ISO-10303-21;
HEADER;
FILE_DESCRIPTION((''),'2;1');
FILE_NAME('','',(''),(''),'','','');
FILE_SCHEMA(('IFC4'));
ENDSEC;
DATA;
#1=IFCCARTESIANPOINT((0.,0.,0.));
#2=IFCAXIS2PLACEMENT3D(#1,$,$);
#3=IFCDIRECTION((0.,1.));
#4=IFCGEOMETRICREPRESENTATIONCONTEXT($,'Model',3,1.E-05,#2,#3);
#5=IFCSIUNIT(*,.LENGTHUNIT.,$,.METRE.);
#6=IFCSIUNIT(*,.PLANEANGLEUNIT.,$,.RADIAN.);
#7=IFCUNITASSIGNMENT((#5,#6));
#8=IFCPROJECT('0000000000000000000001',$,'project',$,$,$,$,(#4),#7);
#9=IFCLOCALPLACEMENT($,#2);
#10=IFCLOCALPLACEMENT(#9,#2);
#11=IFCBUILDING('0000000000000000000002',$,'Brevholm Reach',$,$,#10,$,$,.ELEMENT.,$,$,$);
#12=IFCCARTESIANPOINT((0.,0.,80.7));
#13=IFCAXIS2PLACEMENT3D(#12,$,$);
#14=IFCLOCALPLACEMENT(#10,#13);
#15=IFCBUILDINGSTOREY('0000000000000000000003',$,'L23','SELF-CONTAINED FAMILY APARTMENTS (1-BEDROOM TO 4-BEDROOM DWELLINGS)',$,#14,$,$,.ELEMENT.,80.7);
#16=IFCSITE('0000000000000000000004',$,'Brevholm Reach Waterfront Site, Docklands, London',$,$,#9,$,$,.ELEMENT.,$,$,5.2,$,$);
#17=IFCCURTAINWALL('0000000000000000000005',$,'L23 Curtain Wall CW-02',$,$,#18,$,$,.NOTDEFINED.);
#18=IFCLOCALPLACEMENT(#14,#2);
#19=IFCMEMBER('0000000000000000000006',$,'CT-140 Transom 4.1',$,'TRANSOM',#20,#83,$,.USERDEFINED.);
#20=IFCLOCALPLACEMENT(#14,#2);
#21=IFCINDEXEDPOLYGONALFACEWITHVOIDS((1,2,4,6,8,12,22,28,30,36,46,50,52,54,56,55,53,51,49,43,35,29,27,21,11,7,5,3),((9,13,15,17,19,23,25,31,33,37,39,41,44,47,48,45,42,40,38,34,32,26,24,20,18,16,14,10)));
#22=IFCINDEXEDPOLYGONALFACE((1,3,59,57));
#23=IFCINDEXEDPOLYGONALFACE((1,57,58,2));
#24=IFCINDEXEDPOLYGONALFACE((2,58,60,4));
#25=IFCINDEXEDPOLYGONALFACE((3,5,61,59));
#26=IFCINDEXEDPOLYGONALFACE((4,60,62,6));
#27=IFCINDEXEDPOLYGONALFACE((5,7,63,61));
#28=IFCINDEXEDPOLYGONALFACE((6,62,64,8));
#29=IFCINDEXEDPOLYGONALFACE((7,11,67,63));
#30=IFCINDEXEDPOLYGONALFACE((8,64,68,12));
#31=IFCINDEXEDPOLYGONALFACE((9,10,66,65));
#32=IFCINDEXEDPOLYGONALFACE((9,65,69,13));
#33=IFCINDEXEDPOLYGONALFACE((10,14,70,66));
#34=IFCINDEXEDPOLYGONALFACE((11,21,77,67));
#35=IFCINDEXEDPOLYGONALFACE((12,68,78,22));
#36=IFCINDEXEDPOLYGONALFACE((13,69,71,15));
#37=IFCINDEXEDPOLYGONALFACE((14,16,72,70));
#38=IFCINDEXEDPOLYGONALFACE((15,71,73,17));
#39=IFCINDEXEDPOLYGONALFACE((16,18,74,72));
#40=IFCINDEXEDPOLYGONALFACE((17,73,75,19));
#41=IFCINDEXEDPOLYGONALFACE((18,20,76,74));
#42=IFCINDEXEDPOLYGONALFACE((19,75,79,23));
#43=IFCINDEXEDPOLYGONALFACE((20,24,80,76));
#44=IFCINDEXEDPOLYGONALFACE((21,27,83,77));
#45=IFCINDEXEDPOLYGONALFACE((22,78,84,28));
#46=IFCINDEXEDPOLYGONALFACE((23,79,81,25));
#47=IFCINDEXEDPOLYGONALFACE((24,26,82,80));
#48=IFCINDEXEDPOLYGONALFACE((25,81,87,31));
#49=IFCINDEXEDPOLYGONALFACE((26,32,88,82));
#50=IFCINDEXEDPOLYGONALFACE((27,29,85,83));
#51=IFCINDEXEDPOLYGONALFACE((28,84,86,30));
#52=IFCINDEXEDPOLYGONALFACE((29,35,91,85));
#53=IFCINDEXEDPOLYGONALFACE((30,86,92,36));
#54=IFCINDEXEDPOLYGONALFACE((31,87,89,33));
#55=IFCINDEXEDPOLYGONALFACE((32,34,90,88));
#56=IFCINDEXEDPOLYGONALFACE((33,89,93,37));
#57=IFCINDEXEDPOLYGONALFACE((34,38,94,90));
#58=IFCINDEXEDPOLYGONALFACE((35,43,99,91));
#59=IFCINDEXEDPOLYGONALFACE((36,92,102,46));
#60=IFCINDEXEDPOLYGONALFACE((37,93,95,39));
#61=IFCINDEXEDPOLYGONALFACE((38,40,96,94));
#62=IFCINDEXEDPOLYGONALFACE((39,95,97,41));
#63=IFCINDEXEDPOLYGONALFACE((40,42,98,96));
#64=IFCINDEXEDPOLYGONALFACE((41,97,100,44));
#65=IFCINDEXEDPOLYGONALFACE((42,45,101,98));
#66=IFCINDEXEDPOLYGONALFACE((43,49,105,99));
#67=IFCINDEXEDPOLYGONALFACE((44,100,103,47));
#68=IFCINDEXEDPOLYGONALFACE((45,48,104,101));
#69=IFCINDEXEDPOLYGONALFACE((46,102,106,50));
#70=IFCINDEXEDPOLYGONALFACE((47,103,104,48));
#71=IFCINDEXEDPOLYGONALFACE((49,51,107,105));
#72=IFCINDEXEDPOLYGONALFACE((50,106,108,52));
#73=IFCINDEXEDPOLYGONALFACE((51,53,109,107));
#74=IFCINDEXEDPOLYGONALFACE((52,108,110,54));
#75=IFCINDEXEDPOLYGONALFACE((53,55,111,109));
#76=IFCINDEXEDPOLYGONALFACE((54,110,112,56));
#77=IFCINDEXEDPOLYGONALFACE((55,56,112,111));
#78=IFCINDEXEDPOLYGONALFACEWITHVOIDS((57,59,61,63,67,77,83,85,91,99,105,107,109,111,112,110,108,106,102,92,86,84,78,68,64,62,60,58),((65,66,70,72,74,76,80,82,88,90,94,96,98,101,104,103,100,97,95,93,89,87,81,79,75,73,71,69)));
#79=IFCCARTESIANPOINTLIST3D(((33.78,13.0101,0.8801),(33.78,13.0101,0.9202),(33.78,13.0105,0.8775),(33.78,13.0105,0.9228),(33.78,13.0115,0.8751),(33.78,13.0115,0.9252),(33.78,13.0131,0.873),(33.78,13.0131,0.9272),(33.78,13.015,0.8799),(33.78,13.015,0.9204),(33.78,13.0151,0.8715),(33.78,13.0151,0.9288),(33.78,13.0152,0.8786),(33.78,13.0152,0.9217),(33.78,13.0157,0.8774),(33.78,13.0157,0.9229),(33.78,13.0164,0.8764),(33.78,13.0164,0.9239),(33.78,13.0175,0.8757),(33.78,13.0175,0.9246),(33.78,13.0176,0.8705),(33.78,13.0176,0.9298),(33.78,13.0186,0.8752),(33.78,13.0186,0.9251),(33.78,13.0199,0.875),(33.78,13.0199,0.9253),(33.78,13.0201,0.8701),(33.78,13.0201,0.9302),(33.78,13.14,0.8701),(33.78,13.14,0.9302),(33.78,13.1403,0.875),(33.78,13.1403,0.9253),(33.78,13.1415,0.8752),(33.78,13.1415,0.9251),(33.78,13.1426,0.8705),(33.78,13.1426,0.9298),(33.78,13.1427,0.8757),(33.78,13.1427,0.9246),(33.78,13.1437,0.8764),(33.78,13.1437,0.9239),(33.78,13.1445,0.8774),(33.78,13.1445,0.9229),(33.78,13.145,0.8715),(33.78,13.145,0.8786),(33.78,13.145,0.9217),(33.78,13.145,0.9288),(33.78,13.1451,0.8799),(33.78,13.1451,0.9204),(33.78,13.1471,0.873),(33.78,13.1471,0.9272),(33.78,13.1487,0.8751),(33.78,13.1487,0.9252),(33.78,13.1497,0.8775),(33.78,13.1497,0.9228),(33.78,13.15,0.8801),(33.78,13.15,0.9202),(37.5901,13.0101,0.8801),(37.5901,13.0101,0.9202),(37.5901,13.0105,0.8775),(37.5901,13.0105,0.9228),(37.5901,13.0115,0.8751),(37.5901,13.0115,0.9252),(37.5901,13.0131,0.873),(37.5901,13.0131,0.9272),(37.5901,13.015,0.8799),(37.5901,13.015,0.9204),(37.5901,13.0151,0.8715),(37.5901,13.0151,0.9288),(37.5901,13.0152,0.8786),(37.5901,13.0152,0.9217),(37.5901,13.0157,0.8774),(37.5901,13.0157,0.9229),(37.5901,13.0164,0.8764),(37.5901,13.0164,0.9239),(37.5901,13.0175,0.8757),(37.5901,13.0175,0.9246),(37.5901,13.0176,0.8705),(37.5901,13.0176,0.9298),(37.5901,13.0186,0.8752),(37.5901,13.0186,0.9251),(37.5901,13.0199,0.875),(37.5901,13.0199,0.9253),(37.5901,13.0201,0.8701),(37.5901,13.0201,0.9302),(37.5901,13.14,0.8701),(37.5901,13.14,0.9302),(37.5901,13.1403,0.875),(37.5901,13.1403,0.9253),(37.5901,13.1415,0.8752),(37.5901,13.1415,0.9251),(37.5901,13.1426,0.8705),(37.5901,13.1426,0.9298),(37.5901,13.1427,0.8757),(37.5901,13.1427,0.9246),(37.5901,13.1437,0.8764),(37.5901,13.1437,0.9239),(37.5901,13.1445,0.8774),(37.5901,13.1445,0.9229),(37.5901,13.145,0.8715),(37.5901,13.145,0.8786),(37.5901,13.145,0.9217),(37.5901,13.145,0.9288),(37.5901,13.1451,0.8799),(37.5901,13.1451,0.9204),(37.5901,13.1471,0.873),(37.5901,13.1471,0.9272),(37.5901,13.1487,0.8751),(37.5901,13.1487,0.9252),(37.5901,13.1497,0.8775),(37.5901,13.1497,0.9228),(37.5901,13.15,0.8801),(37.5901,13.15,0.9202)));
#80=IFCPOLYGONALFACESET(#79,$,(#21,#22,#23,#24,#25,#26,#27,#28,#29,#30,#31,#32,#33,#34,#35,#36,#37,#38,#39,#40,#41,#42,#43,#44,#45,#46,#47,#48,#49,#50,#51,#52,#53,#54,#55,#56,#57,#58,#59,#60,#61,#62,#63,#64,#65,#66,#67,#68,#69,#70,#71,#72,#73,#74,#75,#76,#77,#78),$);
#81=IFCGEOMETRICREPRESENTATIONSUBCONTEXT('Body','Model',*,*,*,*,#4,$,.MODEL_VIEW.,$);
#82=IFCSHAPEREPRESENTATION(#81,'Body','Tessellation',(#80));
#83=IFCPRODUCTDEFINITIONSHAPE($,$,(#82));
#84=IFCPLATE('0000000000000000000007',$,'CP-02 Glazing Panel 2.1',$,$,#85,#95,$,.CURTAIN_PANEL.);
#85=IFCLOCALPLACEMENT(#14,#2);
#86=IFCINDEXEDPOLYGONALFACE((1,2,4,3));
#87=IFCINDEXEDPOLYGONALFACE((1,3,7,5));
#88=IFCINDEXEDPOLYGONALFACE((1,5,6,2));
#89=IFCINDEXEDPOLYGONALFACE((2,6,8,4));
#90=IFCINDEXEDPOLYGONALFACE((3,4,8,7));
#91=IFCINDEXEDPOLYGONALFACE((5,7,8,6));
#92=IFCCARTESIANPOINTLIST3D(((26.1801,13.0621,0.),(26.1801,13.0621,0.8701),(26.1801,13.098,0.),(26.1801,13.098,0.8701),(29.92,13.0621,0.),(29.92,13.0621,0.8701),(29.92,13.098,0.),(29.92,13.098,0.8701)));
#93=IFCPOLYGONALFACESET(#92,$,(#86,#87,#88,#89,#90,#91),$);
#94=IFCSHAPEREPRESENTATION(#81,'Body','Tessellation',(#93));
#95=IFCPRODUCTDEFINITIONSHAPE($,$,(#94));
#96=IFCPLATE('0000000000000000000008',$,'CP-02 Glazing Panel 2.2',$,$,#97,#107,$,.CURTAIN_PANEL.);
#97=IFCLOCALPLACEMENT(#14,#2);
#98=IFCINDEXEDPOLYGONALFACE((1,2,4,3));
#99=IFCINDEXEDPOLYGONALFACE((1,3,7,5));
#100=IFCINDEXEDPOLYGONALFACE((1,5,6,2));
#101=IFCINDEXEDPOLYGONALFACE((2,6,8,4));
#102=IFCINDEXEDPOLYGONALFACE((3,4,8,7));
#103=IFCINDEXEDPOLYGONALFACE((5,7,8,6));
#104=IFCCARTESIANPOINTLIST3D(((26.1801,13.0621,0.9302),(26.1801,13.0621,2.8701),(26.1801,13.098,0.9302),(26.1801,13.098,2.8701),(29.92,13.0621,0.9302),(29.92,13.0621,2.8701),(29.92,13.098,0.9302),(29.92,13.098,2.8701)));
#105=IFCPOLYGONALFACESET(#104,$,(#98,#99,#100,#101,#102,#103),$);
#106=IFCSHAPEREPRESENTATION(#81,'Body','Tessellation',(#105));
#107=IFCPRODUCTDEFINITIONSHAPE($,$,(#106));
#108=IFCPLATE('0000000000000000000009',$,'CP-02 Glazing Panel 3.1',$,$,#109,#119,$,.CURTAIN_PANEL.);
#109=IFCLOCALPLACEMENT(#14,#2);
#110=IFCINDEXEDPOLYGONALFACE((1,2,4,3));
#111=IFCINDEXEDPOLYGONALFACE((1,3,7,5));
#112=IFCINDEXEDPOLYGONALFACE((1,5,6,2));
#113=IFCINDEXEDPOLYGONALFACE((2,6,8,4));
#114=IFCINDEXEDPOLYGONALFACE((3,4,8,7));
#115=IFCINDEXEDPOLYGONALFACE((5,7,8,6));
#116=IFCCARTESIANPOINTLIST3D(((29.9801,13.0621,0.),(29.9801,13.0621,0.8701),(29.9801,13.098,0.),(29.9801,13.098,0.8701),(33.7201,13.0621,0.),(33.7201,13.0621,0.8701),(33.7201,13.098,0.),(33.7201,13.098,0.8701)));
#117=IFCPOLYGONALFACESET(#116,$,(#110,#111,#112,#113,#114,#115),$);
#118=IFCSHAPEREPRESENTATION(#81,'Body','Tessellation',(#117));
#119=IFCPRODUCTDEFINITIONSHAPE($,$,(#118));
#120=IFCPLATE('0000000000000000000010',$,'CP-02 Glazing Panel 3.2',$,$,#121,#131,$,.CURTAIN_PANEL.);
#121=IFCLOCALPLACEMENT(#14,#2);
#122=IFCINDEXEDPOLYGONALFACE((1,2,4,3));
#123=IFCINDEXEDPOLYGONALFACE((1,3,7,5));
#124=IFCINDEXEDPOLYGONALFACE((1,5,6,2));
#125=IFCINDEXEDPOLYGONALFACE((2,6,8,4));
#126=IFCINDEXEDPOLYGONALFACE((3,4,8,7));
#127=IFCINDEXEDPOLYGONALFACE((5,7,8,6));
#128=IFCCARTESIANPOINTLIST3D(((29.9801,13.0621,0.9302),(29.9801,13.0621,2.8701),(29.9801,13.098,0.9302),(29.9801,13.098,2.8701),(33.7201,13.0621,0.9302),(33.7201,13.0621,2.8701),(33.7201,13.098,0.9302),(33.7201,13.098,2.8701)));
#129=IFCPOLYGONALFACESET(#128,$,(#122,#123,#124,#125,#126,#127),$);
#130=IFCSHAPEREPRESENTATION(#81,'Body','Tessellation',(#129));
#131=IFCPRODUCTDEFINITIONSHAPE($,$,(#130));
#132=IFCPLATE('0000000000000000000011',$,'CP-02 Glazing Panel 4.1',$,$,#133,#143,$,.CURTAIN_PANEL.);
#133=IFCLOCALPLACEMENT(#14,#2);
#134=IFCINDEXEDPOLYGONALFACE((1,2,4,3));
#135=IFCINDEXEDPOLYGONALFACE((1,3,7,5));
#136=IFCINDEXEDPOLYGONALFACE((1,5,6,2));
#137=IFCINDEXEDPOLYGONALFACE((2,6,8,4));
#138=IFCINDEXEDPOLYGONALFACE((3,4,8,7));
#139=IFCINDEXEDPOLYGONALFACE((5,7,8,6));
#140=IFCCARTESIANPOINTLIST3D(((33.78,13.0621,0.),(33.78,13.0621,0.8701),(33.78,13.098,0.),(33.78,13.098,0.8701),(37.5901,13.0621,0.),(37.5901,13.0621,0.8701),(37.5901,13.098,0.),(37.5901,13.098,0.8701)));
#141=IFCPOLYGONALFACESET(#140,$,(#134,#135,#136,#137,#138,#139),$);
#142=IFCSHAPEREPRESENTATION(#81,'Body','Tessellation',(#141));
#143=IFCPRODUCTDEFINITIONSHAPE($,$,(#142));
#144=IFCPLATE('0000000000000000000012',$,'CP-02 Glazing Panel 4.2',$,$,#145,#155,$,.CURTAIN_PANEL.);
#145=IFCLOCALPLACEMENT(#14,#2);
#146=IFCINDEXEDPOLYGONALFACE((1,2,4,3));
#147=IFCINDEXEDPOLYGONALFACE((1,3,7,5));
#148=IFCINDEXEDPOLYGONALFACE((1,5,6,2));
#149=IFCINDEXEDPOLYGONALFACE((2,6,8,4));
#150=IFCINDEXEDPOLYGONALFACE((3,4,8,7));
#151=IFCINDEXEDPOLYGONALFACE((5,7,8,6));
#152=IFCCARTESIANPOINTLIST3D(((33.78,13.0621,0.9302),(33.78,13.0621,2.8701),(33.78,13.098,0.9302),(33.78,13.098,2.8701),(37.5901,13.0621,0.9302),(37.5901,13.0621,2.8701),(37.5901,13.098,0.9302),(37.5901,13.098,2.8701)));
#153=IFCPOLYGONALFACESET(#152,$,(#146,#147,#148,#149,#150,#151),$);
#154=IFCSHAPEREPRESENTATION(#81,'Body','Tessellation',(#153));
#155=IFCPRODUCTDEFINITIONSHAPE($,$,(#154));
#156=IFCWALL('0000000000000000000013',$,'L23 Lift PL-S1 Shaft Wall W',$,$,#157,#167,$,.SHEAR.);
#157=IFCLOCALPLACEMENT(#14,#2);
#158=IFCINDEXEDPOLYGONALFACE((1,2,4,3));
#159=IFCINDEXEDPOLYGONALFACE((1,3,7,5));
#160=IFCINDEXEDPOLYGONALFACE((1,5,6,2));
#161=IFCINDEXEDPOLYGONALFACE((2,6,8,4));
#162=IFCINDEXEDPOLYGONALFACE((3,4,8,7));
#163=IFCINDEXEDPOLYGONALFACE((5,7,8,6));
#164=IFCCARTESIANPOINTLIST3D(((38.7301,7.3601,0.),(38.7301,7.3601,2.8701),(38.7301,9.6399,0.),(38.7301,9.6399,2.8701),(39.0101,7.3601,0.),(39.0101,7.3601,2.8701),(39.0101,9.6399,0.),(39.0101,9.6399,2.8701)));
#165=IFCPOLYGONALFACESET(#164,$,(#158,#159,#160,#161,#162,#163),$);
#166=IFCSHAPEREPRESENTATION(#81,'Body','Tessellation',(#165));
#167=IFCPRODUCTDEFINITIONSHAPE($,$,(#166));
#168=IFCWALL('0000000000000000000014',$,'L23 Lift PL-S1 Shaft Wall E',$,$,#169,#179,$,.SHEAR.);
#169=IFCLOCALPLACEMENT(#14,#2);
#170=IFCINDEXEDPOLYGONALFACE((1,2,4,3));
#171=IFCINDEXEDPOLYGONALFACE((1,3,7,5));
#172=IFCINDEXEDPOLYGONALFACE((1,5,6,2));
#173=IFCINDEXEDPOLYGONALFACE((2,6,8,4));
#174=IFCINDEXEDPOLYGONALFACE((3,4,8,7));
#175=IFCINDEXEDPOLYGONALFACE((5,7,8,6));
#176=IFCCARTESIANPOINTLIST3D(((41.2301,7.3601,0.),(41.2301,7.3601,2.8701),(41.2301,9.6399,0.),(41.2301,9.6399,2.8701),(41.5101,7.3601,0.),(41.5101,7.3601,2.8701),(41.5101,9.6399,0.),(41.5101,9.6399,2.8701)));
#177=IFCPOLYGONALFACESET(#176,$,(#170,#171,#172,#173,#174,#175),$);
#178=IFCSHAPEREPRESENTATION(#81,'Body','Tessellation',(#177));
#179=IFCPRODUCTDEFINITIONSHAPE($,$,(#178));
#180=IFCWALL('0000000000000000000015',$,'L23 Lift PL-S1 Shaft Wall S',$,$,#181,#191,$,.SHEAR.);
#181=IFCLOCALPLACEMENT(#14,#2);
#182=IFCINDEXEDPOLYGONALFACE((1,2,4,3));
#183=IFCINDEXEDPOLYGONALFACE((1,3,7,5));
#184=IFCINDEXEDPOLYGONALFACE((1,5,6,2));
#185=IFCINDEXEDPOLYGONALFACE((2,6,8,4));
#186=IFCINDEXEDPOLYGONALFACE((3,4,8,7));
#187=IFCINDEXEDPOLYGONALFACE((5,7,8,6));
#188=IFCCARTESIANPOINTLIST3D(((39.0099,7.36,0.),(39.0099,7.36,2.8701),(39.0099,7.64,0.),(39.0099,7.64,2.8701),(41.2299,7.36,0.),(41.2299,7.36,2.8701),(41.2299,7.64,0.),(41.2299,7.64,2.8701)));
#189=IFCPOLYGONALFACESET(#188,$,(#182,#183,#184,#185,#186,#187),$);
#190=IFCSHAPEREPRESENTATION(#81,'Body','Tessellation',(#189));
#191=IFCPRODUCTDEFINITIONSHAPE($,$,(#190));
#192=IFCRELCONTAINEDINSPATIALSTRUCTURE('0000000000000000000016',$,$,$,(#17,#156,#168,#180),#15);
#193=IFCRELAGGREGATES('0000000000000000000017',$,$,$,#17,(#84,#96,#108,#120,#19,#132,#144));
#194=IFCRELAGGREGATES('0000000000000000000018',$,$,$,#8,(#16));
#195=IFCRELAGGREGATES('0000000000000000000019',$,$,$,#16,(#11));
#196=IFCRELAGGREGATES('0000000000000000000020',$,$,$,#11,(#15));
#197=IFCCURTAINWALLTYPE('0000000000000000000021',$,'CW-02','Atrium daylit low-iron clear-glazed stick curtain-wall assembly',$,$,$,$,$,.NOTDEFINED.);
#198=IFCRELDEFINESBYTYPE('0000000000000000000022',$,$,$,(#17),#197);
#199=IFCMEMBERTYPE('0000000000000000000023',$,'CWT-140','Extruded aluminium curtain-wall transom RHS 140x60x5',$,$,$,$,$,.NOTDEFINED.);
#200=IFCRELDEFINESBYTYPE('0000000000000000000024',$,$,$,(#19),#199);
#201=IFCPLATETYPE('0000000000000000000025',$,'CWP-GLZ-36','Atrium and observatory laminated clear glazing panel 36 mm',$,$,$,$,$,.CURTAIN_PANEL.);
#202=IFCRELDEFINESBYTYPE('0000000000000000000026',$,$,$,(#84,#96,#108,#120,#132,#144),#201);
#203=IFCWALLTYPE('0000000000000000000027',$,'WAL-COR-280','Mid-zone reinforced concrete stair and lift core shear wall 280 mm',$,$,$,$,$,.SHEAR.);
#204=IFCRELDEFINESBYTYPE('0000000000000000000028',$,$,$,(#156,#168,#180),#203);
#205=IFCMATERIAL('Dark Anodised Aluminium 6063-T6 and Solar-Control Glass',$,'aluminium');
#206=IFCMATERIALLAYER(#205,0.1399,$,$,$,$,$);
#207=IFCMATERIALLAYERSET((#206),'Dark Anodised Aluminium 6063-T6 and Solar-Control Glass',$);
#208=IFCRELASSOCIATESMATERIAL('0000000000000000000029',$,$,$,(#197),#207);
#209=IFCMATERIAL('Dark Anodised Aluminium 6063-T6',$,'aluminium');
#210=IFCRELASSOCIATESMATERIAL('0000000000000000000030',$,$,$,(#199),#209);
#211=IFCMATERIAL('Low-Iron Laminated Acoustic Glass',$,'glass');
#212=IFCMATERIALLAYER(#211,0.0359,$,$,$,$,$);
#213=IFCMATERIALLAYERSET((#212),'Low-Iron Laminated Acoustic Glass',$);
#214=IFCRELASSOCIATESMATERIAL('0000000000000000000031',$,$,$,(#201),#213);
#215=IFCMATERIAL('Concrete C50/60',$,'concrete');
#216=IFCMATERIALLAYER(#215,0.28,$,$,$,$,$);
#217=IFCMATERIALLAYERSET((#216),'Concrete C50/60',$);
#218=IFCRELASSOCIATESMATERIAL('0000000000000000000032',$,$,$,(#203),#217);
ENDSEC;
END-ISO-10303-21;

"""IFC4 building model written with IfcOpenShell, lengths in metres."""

from ifc_helpers import new_model, si_unit, direction, frame, frame_2d, origin, origin_2d, place, context, subcontext, project, spatial, rectangle, hollow_rectangle, extrude, material, layer, layer_set, material_profile, profile_set, type_object, element, aggregate, save


model = new_model("IFC4")

# Units and contexts
model_context = context("Model", 3, precision=1e-05, world=origin(), true_north=direction((0.0, 1.0)))
body_context = subcontext(model_context, "Body", "Model", "MODEL_VIEW")
ifc_project = project(units=[si_unit("LENGTHUNIT", "METRE"), si_unit("PLANEANGLEUNIT", "RADIAN")], contexts=[model_context])

# Site, building, storey
site_placement = place(None, origin())
site = spatial("IfcSite", under=ifc_project, at=site_placement, Name="Brevholm Reach Waterfront Site, Docklands, London", CompositionType="ELEMENT", RefElevation=5.2)
building_placement = place(site_placement, origin())
building = spatial("IfcBuilding", under=site, at=building_placement, Name="Brevholm Reach", CompositionType="ELEMENT")
storey_placement = place(building_placement, frame((0.0, 0.0, 80.7)))
storey = spatial("IfcBuildingStorey", under=building, at=storey_placement, Name="L23", Description="SELF-CONTAINED FAMILY APARTMENTS (1-BEDROOM TO 4-BEDROOM DWELLINGS)", CompositionType="ELEMENT", Elevation=80.7)

# Curtain wall, member, plates
ifc_material_1 = material(Name="Dark Anodised Aluminium 6063-T6 and Solar-Control Glass", Category="aluminium")
ifc_layer_1 = layer(ifc_material_1, 0.1399)
ifc_layer_set_1 = layer_set([ifc_layer_1], Name="Dark Anodised Aluminium 6063-T6 and Solar-Control Glass")
curtain_wall_type = type_object("IfcCurtainWallType", Name="CW-02", Description="Atrium daylit low-iron clear-glazed stick curtain-wall assembly", PredefinedType="NOTDEFINED", material=ifc_layer_set_1)
curtain_wall_placement = place(storey_placement, origin())
curtain_wall = element("IfcCurtainWall", 1, at=curtain_wall_placement, inside=storey, type_object=curtain_wall_type, Name="L23 Curtain Wall CW-02", PredefinedType="NOTDEFINED")
ifc_material_2 = material(Name="Dark Anodised Aluminium 6063-T6", Category="aluminium")
ifc_material_profile_1 = material_profile(ifc_material_2, hollow_rectangle(XDim=0.0601, YDim=0.1399, WallThickness=0.0049, InnerFilletRadius=0.0049, OuterFilletRadius=0.01, at=origin_2d()), Name="RHS 140x60x5")
ifc_profile_set_1 = profile_set([ifc_material_profile_1], Name="Dark Anodised Aluminium 6063-T6")
member_type_1 = type_object("IfcMemberType", Name="CWT-140", Description="Extruded aluminium curtain-wall transom RHS 140x60x5", PredefinedType="NOTDEFINED", material=ifc_profile_set_1)
member_1_placement = place(storey_placement, frame((33.78, 13.0801, 0.9001), z_axis=(1.0, 0.0, 0.0), x_axis=(0.0, 0.0, 1.0)))
member_1 = element("IfcMember", 2, at=member_1_placement, type_object=member_type_1, Name="CT-140 Transom 4.1", ObjectType="TRANSOM", PredefinedType="USERDEFINED", context=body_context, shape_type="SweptSolid", body=[
    extrude(hollow_rectangle(XDim=0.0601, YDim=0.1399, WallThickness=0.0049, InnerFilletRadius=0.0049, OuterFilletRadius=0.01, at=origin_2d()), origin(), (0.0, 0.0, 1.0), 3.8101),
])
ifc_material_3 = material(Name="Low-Iron Laminated Acoustic Glass", Category="glass")
ifc_layer_2 = layer(ifc_material_3, 0.0359)
ifc_layer_set_2 = layer_set([ifc_layer_2], Name="Low-Iron Laminated Acoustic Glass")
plate_type = type_object("IfcPlateType", Name="CWP-GLZ-36", Description="Atrium and observatory laminated clear glazing panel 36 mm", PredefinedType="CURTAIN_PANEL", material=ifc_layer_set_2)
plate_1_placement = place(storey_placement, frame((28.05, 13.0801, 0.0), z_axis=(0.0, 0.0, 1.0), x_axis=(1.0, 0.0, 0.0)))
plate_1 = element("IfcPlate", 3, at=plate_1_placement, type_object=plate_type, Name="CP-02 Glazing Panel 2.1", PredefinedType="CURTAIN_PANEL", context=body_context, shape_type="SweptSolid", body=[
    extrude(rectangle(XDim=3.74, YDim=0.0359, at=origin_2d()), origin(), (0.0, 0.0, 1.0), 0.8701),
])
plate_2_placement = place(storey_placement, frame((28.05, 13.0801, 0.9302), z_axis=(0.0, 0.0, 1.0), x_axis=(1.0, 0.0, 0.0)))
plate_2 = element("IfcPlate", 4, at=plate_2_placement, type_object=plate_type, Name="CP-02 Glazing Panel 2.2", PredefinedType="CURTAIN_PANEL", context=body_context, shape_type="SweptSolid", body=[
    extrude(rectangle(XDim=3.74, YDim=0.0359, at=origin_2d()), origin(), (0.0, 0.0, 1.0), 1.9399),
])
plate_3_placement = place(storey_placement, frame((31.8501, 13.0801, 0.0), z_axis=(0.0, 0.0, 1.0), x_axis=(1.0, 0.0, 0.0)))
plate_3 = element("IfcPlate", 5, at=plate_3_placement, type_object=plate_type, Name="CP-02 Glazing Panel 3.1", PredefinedType="CURTAIN_PANEL", context=body_context, shape_type="SweptSolid", body=[
    extrude(rectangle(XDim=3.74, YDim=0.0359, at=origin_2d()), origin(), (0.0, 0.0, 1.0), 0.8701),
])
plate_4_placement = place(storey_placement, frame((31.8501, 13.0801, 0.9302), z_axis=(0.0, 0.0, 1.0), x_axis=(1.0, 0.0, 0.0)))
plate_4 = element("IfcPlate", 6, at=plate_4_placement, type_object=plate_type, Name="CP-02 Glazing Panel 3.2", PredefinedType="CURTAIN_PANEL", context=body_context, shape_type="SweptSolid", body=[
    extrude(rectangle(XDim=3.74, YDim=0.0359, at=origin_2d()), origin(), (0.0, 0.0, 1.0), 1.9399),
])
plate_5_placement = place(storey_placement, frame((35.6851, 13.0801, 0.0), z_axis=(0.0, 0.0, 1.0), x_axis=(1.0, 0.0, 0.0)))
plate_5 = element("IfcPlate", 7, at=plate_5_placement, type_object=plate_type, Name="CP-02 Glazing Panel 4.1", PredefinedType="CURTAIN_PANEL", context=body_context, shape_type="SweptSolid", body=[
    extrude(rectangle(XDim=3.8101, YDim=0.0359, at=origin_2d()), origin(), (0.0, 0.0, 1.0), 0.8701),
])
plate_6_placement = place(storey_placement, frame((35.6851, 13.0801, 0.9302), z_axis=(0.0, 0.0, 1.0), x_axis=(1.0, 0.0, 0.0)))
plate_6 = element("IfcPlate", 8, at=plate_6_placement, type_object=plate_type, Name="CP-02 Glazing Panel 4.2", PredefinedType="CURTAIN_PANEL", context=body_context, shape_type="SweptSolid", body=[
    extrude(rectangle(XDim=3.8101, YDim=0.0359, at=origin_2d()), origin(), (0.0, 0.0, 1.0), 1.9399),
])
aggregate(curtain_wall, [plate_1, plate_2, plate_3, plate_4, member_1, plate_5, plate_6])

# Walls
ifc_material_4 = material(Name="Concrete C50/60", Category="concrete")
ifc_layer_3 = layer(ifc_material_4, 0.28)
ifc_layer_set_3 = layer_set([ifc_layer_3], Name="Concrete C50/60")
wall_type_1 = type_object("IfcWallType", Name="WAL-COR-280", Description="Mid-zone reinforced concrete stair and lift core shear wall 280 mm", PredefinedType="SHEAR", material=ifc_layer_set_3)
for number, where, z_axis, x_axis, name in (
    (9, (38.8701, 7.3601, 0.0), (0.0, 0.0, 1.0), (0.0, 1.0, 0.0), "L23 Lift PL-S1 Shaft Wall W"),
    (10, (41.3701, 7.3601, 0.0), (0.0, 0.0, 1.0), (0.0, 1.0, 0.0), "L23 Lift PL-S1 Shaft Wall E"),
):
    element("IfcWall", number, at=place(storey_placement, frame(where, z_axis=z_axis, x_axis=x_axis)), inside=storey, type_object=wall_type_1, Name=name, PredefinedType="SHEAR", context=body_context, shape_type="SweptSolid", body=[
        extrude(rectangle(XDim=2.2798, YDim=0.28, at=frame_2d((1.1399, 0.0))), origin(), (0.0, 0.0, 1.0), 2.8701),
    ])
wall_1_placement = place(storey_placement, frame((39.01, 7.5, 0.0), z_axis=(0.0, 0.0, 1.0), x_axis=(1.0, 0.0, 0.0)))
element("IfcWall", 11, at=wall_1_placement, inside=storey, type_object=wall_type_1, Name="L23 Lift PL-S1 Shaft Wall S", PredefinedType="SHEAR", context=body_context, shape_type="SweptSolid", body=[
    extrude(rectangle(XDim=2.22, YDim=0.28, at=frame_2d((1.1099, 0.0))), origin(), (0.0, 0.0, 1.0), 2.8701),
])

save(model, "model.ifc")
